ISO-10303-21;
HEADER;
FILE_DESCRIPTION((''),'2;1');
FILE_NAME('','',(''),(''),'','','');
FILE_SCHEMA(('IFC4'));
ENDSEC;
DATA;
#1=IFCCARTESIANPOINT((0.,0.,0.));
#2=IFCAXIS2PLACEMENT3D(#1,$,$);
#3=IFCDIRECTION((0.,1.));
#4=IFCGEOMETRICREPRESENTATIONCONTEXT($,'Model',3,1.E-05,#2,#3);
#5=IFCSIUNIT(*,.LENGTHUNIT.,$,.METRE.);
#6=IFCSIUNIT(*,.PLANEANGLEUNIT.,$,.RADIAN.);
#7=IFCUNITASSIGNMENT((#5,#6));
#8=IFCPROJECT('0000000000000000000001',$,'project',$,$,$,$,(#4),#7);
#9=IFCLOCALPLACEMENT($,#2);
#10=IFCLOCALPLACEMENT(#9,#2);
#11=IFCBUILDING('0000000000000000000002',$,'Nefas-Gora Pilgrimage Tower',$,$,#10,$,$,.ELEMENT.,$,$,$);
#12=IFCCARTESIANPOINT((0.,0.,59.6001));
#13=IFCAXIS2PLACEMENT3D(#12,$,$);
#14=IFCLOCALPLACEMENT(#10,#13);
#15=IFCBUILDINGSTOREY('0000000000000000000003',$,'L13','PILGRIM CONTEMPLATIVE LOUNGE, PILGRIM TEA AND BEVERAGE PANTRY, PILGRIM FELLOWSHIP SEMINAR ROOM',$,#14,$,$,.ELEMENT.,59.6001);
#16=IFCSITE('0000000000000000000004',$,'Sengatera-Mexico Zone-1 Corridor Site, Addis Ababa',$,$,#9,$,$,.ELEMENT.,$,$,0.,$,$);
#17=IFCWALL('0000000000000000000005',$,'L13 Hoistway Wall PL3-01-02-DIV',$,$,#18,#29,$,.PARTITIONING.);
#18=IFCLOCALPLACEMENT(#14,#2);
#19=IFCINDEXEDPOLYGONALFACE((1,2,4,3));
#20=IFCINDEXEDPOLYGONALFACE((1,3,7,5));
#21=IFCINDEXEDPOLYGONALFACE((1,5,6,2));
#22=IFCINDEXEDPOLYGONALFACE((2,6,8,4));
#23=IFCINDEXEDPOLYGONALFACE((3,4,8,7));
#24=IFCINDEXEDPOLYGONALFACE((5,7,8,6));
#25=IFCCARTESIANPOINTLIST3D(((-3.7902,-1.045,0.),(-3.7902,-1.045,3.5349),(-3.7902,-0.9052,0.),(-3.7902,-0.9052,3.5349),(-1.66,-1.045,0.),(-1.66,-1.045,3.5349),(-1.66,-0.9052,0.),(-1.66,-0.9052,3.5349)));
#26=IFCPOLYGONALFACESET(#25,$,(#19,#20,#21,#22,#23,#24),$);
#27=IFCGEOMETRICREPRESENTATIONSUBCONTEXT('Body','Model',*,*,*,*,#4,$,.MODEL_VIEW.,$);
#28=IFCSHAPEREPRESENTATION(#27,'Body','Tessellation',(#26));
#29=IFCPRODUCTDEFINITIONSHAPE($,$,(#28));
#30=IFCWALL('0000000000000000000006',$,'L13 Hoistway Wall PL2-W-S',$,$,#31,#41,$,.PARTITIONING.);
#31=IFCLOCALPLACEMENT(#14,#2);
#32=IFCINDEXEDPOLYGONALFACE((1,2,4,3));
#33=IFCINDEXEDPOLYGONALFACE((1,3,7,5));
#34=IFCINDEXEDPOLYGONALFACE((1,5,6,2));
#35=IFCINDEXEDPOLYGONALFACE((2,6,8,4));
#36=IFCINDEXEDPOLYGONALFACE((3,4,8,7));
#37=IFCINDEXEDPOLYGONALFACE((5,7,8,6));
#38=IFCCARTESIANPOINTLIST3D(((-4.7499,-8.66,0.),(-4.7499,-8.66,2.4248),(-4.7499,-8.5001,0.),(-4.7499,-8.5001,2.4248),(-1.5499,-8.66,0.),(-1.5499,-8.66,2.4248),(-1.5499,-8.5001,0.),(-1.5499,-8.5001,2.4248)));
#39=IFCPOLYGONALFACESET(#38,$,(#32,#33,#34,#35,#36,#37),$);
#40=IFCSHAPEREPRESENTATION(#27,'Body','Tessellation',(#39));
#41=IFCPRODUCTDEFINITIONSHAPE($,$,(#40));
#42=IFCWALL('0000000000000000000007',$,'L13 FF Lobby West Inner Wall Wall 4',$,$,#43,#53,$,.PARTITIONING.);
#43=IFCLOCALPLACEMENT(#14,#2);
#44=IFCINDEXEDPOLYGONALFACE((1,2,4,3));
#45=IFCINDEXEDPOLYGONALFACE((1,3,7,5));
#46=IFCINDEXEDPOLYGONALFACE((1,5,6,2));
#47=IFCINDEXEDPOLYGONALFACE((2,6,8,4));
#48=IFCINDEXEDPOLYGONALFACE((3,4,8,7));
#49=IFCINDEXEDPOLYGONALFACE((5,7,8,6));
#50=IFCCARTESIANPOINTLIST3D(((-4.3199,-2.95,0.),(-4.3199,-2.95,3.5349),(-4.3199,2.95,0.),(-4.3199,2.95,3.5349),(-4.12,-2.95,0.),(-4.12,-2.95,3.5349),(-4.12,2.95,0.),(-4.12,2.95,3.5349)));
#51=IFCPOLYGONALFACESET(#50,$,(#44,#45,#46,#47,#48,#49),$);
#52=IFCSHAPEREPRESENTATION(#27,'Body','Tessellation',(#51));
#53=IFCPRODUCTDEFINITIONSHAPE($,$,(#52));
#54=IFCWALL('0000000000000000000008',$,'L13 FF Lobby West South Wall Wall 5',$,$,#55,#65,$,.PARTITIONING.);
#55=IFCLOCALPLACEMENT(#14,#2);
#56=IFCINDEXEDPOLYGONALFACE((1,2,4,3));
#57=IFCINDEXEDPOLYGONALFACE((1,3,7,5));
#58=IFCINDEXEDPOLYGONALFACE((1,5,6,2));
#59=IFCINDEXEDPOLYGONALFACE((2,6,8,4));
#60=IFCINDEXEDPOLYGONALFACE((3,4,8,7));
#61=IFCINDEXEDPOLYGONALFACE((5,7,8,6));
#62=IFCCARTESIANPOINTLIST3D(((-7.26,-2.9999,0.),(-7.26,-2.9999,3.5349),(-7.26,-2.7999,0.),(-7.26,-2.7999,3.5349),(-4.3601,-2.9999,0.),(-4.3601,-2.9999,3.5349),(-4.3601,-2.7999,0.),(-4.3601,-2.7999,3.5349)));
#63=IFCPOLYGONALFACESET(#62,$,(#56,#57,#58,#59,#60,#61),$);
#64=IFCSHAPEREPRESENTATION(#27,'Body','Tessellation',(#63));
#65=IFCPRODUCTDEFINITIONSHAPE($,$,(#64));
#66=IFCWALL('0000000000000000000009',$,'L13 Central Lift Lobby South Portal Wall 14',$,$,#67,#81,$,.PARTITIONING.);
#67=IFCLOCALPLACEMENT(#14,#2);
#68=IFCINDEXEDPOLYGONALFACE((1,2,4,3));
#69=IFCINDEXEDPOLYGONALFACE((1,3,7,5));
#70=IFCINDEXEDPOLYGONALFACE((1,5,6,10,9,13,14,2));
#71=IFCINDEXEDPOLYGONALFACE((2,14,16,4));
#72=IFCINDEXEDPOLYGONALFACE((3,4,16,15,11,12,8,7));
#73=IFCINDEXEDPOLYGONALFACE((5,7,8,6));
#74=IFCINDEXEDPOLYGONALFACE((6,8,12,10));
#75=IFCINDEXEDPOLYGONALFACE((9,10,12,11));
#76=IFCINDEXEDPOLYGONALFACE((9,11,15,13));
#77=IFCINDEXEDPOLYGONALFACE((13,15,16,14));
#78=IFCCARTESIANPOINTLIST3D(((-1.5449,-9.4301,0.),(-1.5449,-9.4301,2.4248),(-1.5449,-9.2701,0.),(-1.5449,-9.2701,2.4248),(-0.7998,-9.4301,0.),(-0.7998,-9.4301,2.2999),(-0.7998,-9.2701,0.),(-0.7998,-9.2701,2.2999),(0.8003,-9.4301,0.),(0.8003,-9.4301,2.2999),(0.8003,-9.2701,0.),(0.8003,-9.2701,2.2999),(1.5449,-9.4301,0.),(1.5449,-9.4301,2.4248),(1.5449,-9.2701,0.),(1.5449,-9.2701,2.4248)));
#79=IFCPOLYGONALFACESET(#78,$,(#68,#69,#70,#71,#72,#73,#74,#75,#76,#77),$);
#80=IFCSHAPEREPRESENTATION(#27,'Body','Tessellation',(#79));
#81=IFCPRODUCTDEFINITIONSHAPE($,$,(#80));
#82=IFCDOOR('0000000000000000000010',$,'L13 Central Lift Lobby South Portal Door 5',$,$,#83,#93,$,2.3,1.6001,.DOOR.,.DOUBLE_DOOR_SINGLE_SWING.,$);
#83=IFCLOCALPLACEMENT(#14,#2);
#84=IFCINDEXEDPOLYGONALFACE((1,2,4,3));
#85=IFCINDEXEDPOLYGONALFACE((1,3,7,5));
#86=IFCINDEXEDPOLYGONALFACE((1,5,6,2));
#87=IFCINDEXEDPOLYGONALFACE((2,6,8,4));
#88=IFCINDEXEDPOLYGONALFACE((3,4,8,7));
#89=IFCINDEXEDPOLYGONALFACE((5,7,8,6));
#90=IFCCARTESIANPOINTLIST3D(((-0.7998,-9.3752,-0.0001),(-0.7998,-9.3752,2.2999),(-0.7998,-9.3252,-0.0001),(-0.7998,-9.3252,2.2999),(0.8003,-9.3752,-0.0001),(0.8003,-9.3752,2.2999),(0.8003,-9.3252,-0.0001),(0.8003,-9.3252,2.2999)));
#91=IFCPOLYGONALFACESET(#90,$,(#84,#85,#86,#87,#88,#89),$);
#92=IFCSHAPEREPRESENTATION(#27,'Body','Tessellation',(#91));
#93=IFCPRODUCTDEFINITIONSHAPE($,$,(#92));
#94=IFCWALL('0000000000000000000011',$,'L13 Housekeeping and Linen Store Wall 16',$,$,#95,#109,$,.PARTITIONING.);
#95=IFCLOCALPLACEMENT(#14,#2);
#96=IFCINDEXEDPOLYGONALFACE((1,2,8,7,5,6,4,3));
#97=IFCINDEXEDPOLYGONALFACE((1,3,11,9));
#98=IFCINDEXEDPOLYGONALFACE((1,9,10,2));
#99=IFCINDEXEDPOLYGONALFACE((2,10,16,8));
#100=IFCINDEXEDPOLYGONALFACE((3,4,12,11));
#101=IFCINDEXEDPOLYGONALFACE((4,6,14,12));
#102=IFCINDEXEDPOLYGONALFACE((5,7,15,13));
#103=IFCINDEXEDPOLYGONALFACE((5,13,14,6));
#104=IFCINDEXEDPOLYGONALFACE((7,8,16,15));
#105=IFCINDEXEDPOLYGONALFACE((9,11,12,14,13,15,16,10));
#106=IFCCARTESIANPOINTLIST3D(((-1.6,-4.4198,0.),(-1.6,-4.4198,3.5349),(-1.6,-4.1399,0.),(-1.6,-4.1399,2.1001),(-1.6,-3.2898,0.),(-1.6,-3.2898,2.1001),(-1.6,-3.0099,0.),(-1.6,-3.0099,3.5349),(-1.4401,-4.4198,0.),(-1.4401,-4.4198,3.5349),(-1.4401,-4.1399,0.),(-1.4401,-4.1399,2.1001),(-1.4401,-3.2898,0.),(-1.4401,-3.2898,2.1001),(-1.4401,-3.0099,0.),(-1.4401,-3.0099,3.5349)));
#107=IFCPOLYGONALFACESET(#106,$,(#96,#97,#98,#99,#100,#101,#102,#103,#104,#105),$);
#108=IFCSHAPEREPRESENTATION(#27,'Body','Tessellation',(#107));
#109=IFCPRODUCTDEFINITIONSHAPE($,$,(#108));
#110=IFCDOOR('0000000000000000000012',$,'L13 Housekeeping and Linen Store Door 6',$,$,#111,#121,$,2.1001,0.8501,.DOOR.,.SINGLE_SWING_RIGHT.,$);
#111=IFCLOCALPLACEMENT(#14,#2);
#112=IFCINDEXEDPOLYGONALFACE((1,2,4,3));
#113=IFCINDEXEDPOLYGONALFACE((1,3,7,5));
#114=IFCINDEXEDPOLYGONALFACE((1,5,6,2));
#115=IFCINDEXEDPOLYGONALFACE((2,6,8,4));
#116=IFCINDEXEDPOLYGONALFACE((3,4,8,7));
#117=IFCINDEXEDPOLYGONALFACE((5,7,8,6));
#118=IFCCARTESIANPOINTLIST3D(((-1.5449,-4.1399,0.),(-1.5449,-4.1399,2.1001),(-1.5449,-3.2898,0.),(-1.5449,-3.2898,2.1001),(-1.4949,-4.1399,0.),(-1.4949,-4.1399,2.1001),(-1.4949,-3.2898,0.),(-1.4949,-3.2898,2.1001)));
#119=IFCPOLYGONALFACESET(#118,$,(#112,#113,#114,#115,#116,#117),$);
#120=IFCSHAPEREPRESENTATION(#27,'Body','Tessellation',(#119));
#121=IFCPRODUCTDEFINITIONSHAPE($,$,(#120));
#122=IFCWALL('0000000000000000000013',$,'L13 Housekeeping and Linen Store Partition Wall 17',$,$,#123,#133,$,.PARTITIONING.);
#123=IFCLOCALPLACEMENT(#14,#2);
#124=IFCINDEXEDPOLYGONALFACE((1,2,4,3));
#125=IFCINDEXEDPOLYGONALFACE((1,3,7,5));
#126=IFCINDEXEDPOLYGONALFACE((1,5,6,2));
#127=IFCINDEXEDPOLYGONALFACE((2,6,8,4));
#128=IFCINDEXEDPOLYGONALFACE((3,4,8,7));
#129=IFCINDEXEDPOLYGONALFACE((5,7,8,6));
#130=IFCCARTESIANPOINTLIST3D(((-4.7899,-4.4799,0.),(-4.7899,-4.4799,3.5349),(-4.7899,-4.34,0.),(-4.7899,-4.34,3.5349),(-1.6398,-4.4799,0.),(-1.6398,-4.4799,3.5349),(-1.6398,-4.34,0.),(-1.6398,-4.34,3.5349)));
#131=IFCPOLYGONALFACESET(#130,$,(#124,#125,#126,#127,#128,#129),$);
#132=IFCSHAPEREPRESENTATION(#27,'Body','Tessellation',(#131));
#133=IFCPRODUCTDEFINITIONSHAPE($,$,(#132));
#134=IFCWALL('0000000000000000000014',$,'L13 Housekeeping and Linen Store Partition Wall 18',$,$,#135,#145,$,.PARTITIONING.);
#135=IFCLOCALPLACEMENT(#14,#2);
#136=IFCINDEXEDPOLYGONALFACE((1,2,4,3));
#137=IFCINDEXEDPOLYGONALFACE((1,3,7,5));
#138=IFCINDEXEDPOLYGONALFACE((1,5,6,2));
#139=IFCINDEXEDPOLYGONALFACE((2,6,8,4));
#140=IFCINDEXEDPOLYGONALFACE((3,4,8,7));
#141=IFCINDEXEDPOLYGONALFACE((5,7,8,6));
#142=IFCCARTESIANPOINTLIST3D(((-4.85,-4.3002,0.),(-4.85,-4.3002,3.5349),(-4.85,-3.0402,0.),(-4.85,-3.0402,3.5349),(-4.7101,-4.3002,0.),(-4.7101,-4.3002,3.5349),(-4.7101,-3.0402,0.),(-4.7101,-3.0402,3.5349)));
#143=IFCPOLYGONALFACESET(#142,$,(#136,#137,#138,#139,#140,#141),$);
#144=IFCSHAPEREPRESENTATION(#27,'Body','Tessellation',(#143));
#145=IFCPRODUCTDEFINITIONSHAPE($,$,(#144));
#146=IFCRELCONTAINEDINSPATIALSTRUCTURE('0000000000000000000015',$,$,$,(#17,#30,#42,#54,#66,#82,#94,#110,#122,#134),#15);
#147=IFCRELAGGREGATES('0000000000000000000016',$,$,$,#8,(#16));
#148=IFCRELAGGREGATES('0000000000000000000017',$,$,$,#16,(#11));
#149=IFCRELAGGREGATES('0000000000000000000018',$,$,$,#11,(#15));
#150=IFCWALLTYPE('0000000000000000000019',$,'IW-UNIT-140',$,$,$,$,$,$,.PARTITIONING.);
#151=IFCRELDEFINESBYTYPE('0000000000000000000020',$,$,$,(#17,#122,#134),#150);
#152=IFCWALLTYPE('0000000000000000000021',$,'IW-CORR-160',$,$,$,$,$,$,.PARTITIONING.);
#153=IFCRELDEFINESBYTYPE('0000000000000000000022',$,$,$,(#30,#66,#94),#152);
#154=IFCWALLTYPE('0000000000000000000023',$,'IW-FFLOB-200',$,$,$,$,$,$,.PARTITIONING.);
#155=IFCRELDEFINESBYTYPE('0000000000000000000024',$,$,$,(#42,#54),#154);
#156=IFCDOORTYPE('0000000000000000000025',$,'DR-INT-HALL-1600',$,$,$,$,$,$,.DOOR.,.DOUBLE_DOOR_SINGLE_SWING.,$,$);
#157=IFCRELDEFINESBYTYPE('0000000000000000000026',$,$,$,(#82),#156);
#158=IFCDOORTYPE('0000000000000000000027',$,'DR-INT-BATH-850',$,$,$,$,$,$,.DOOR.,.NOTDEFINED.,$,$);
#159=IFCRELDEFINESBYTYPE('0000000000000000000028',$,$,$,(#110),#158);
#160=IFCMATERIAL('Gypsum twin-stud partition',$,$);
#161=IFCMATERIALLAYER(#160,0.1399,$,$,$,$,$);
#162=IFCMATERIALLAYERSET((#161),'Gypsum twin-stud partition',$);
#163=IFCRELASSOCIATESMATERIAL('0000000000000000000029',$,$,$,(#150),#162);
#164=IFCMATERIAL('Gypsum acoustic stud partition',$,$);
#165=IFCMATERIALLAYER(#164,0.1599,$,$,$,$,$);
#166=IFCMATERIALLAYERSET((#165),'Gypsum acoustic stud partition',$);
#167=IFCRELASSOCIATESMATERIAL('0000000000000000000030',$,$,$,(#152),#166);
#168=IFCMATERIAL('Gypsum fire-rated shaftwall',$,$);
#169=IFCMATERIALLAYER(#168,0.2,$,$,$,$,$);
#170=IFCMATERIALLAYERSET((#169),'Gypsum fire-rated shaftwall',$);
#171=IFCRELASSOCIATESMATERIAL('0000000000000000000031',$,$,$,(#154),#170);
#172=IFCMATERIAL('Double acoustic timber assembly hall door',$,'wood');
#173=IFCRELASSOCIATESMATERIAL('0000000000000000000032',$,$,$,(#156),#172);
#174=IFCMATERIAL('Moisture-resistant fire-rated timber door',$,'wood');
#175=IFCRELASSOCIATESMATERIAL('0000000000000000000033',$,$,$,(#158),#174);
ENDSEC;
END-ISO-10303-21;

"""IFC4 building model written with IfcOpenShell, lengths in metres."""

from ifc_helpers import new_model, si_unit, direction, frame, frame_2d, origin, place, context, subcontext, project, spatial, rectangle, extrude, source, transform, mapped, material, layer, layer_set, type_object, element, fill, save


model = new_model("IFC4")

# Units and contexts
model_context = context("Model", 3, precision=1e-05, world=origin(), true_north=direction((0.0, 1.0)))
body_context = subcontext(model_context, "Body", "Model", "MODEL_VIEW")
ifc_project = project(units=[si_unit("LENGTHUNIT", "METRE"), si_unit("PLANEANGLEUNIT", "RADIAN")], contexts=[model_context])

# Site, building, storey
site_placement = place(None, origin())
site = spatial("IfcSite", under=ifc_project, at=site_placement, Name="Sengatera-Mexico Zone-1 Corridor Site, Addis Ababa", CompositionType="ELEMENT", RefElevation=0.0)
building_placement = place(site_placement, origin())
building = spatial("IfcBuilding", under=site, at=building_placement, Name="Nefas-Gora Pilgrimage Tower", CompositionType="ELEMENT")
storey_placement = place(building_placement, frame((0.0, 0.0, 59.6001)))
storey = spatial("IfcBuildingStorey", under=building, at=storey_placement, Name="L13", Description="PILGRIM CONTEMPLATIVE LOUNGE, PILGRIM TEA AND BEVERAGE PANTRY, PILGRIM FELLOWSHIP SEMINAR ROOM", CompositionType="ELEMENT", Elevation=59.6001)

# Walls
ifc_material_1 = material(Name="Gypsum twin-stud partition")
ifc_layer_1 = layer(ifc_material_1, 0.1399)
ifc_layer_set_1 = layer_set([ifc_layer_1], Name="Gypsum twin-stud partition")
wall_type_1 = type_object("IfcWallType", Name="IW-UNIT-140", PredefinedType="PARTITIONING", material=ifc_layer_set_1)
shared_shape_1 = source(origin(), body_context, "Body", "SweptSolid", [
    extrude(rectangle(XDim=2.1301, YDim=0.1399, at=frame_2d((1.0649, 0.0))), origin(), (0.0, 0.0, 1.0), 3.5349),
])
wall_1_placement = place(storey_placement, frame((-3.79, -0.9751, 0.0), z_axis=(0.0, 0.0, 1.0), x_axis=(1.0, 0.0, 0.0)))
element("IfcWall", 1, at=wall_1_placement, inside=storey, type_object=wall_type_1, Name="L13 Hoistway Wall PL3-01-02-DIV", PredefinedType="PARTITIONING", context=body_context, shape_type="MappedRepresentation", body=[
    mapped(shared_shape_1, transform((0.0, 0.0, 0.0), x_axis=(1.0, 0.0, 0.0), y_axis=(0.0, 1.0, 0.0), z_axis=(0.0, 0.0, 1.0), scale=1.0)),
])
ifc_material_2 = material(Name="Gypsum acoustic stud partition")
ifc_layer_2 = layer(ifc_material_2, 0.1599)
ifc_layer_set_2 = layer_set([ifc_layer_2], Name="Gypsum acoustic stud partition")
wall_type_2 = type_object("IfcWallType", Name="IW-CORR-160", PredefinedType="PARTITIONING", material=ifc_layer_set_2)
shared_shape_2 = source(origin(), body_context, "Body", "SweptSolid", [
    extrude(rectangle(XDim=3.2, YDim=0.1599, at=frame_2d((1.6001, 0.0))), origin(), (0.0, 0.0, 1.0), 2.4248),
])
wall_2_placement = place(storey_placement, frame((-4.75, -8.5801, 0.0), z_axis=(0.0, 0.0, 1.0), x_axis=(1.0, 0.0, 0.0)))
element("IfcWall", 2, at=wall_2_placement, inside=storey, type_object=wall_type_2, Name="L13 Hoistway Wall PL2-W-S", PredefinedType="PARTITIONING", context=body_context, shape_type="MappedRepresentation", body=[
    mapped(shared_shape_2, transform((0.0, 0.0, 0.0), x_axis=(1.0, 0.0, 0.0), y_axis=(0.0, 1.0, 0.0), z_axis=(0.0, 0.0, 1.0), scale=1.0)),
])
ifc_material_3 = material(Name="Gypsum fire-rated shaftwall")
ifc_layer_3 = layer(ifc_material_3, 0.2)
ifc_layer_set_3 = layer_set([ifc_layer_3], Name="Gypsum fire-rated shaftwall")
wall_type_3 = type_object("IfcWallType", Name="IW-FFLOB-200", PredefinedType="PARTITIONING", material=ifc_layer_set_3)
shared_shape_3 = source(origin(), body_context, "Body", "SweptSolid", [
    extrude(rectangle(XDim=5.8999, YDim=0.2, at=frame_2d((2.95, 0.0))), origin(), (0.0, 0.0, 1.0), 3.5349),
])
wall_3_placement = place(storey_placement, frame((-4.22, -2.95, 0.0), z_axis=(0.0, 0.0, 1.0), x_axis=(0.0, 1.0, 0.0)))
element("IfcWall", 3, at=wall_3_placement, inside=storey, type_object=wall_type_3, Name="L13 FF Lobby West Inner Wall Wall 4", PredefinedType="PARTITIONING", context=body_context, shape_type="MappedRepresentation", body=[
    mapped(shared_shape_3, transform((0.0, 0.0, 0.0), x_axis=(1.0, 0.0, 0.0), y_axis=(0.0, 1.0, 0.0), z_axis=(0.0, 0.0, 1.0), scale=1.0)),
])
shared_shape_4 = source(origin(), body_context, "Body", "SweptSolid", [
    extrude(rectangle(XDim=2.8999, YDim=0.2, at=frame_2d((1.45, 0.0))), origin(), (0.0, 0.0, 1.0), 3.5349),
])
wall_4_placement = place(storey_placement, frame((-7.26, -2.8999, 0.0), z_axis=(0.0, 0.0, 1.0), x_axis=(1.0, 0.0, 0.0)))
element("IfcWall", 4, at=wall_4_placement, inside=storey, type_object=wall_type_3, Name="L13 FF Lobby West South Wall Wall 5", PredefinedType="PARTITIONING", context=body_context, shape_type="MappedRepresentation", body=[
    mapped(shared_shape_4, transform((0.0, 0.0, 0.0), x_axis=(1.0, 0.0, 0.0), y_axis=(0.0, 1.0, 0.0), z_axis=(0.0, 0.0, 1.0), scale=1.0)),
])

# Walls, openings, doors
shared_shape_5 = source(origin(), body_context, "Body", "SweptSolid", [
    extrude(rectangle(XDim=3.0898, YDim=0.1599, at=frame_2d((1.5449, 0.0))), origin(), (0.0, 0.0, 1.0), 2.4248),
])
wall_5_placement = place(storey_placement, frame((-1.5449, -9.3501, 0.0), z_axis=(0.0, 0.0, 1.0), x_axis=(1.0, 0.0, 0.0)))
wall_5 = element("IfcWall", 5, at=wall_5_placement, inside=storey, type_object=wall_type_2, Name="L13 Central Lift Lobby South Portal Wall 14", PredefinedType="PARTITIONING", context=body_context, shape_type="MappedRepresentation", body=[
    mapped(shared_shape_5, transform((0.0, 0.0, 0.0), x_axis=(1.0, 0.0, 0.0), y_axis=(0.0, 1.0, 0.0), z_axis=(0.0, 0.0, 1.0), scale=1.0)),
])
opening_1_placement = place(wall_5_placement, frame((0.7451, 0.0, 0.0)))
opening_1 = element("IfcOpeningElement", 6, at=opening_1_placement, cuts=wall_5, PredefinedType="OPENING", context=body_context, shape_type="SweptSolid", body=[
    extrude(rectangle(XDim=1.6001, YDim=2.3, at=frame_2d((0.8, 1.1499))), frame((0.0, 0.0898, 0.0), z_axis=(0.0, -1.0, 0.0), x_axis=(1.0, 0.0, 0.0)), (0.0, 0.0, 1.0), 0.1799),
])
ifc_material_4 = material(Name="Double acoustic timber assembly hall door", Category="wood")
door_type_1 = type_object("IfcDoorType", Name="DR-INT-HALL-1600", OperationType="DOUBLE_DOOR_SINGLE_SWING", PredefinedType="DOOR", material=ifc_material_4)
shared_shape_6 = source(origin(), body_context, "Body", "SweptSolid", [
    extrude(rectangle(XDim=1.6001, YDim=2.3, at=frame_2d((0.8, 1.1499))), frame((0.0, 0.0249, 0.0), z_axis=(0.0, -1.0, 0.0), x_axis=(1.0, 0.0, 0.0)), (0.0, 0.0, 1.0), 0.05),
])
door_1_placement = place(opening_1_placement, origin())
door_1 = element("IfcDoor", 7, at=door_1_placement, inside=storey, type_object=door_type_1, Name="L13 Central Lift Lobby South Portal Door 5", OperationType="DOUBLE_DOOR_SINGLE_SWING", OverallHeight=2.3, OverallWidth=1.6001, PredefinedType="DOOR", context=body_context, shape_type="MappedRepresentation", body=[
    mapped(shared_shape_6, transform((0.0, 0.0, 0.0), x_axis=(1.0, 0.0, 0.0), y_axis=(0.0, 1.0, 0.0), z_axis=(0.0, 0.0, 1.0), scale=1.0)),
])
fill(opening_1, door_1)
shared_shape_7 = source(origin(), body_context, "Body", "SweptSolid", [
    extrude(rectangle(XDim=1.4099, YDim=0.1599, at=frame_2d((0.7051, 0.0))), origin(), (0.0, 0.0, 1.0), 3.5349),
])
wall_6_placement = place(storey_placement, frame((-1.52, -4.4199, 0.0), z_axis=(0.0, 0.0, 1.0), x_axis=(0.0, 1.0, 0.0)))
wall_6 = element("IfcWall", 8, at=wall_6_placement, inside=storey, type_object=wall_type_2, Name="L13 Housekeeping and Linen Store Wall 16", PredefinedType="PARTITIONING", context=body_context, shape_type="MappedRepresentation", body=[
    mapped(shared_shape_7, transform((0.0, 0.0, 0.0), x_axis=(1.0, 0.0, 0.0), y_axis=(0.0, 1.0, 0.0), z_axis=(0.0, 0.0, 1.0), scale=1.0)),
])
opening_2_placement = place(wall_6_placement, frame((0.28, 0.0, 0.0)))
opening_2 = element("IfcOpeningElement", 9, at=opening_2_placement, cuts=wall_6, PredefinedType="OPENING", context=body_context, shape_type="SweptSolid", body=[
    extrude(rectangle(XDim=0.8501, YDim=2.1001, at=frame_2d((0.425, 1.05))), frame((0.0, 0.0898, 0.0), z_axis=(0.0, -1.0, 0.0), x_axis=(1.0, 0.0, 0.0)), (0.0, 0.0, 1.0), 0.1799),
])
ifc_material_5 = material(Name="Moisture-resistant fire-rated timber door", Category="wood")
door_type_2 = type_object("IfcDoorType", Name="DR-INT-BATH-850", OperationType="NOTDEFINED", PredefinedType="DOOR", material=ifc_material_5)
shared_shape_8 = source(origin(), body_context, "Body", "SweptSolid", [
    extrude(rectangle(XDim=0.8501, YDim=2.1001, at=frame_2d((0.425, 1.05))), frame((0.0, 0.0249, 0.0), z_axis=(0.0, -1.0, 0.0), x_axis=(1.0, 0.0, 0.0)), (0.0, 0.0, 1.0), 0.05),
])
door_2_placement = place(opening_2_placement, origin())
door_2 = element("IfcDoor", 10, at=door_2_placement, inside=storey, type_object=door_type_2, Name="L13 Housekeeping and Linen Store Door 6", OperationType="SINGLE_SWING_RIGHT", OverallHeight=2.1001, OverallWidth=0.8501, PredefinedType="DOOR", context=body_context, shape_type="MappedRepresentation", body=[
    mapped(shared_shape_8, transform((0.0, 0.0, 0.0), x_axis=(1.0, 0.0, 0.0), y_axis=(0.0, 1.0, 0.0), z_axis=(0.0, 0.0, 1.0), scale=1.0)),
])
fill(opening_2, door_2)

# Walls
shared_shape_9 = source(origin(), body_context, "Body", "SweptSolid", [
    extrude(rectangle(XDim=3.1501, YDim=0.1399, at=frame_2d((1.5752, 0.0))), origin(), (0.0, 0.0, 1.0), 3.5349),
])
wall_7_placement = place(storey_placement, frame((-4.79, -4.4099, 0.0), z_axis=(0.0, 0.0, 1.0), x_axis=(1.0, 0.0, 0.0)))
element("IfcWall", 11, at=wall_7_placement, inside=storey, type_object=wall_type_1, Name="L13 Housekeeping and Linen Store Partition Wall 17", PredefinedType="PARTITIONING", context=body_context, shape_type="MappedRepresentation", body=[
    mapped(shared_shape_9, transform((0.0, 0.0, 0.0), x_axis=(1.0, 0.0, 0.0), y_axis=(0.0, 1.0, 0.0), z_axis=(0.0, 0.0, 1.0), scale=1.0)),
])
shared_shape_10 = source(origin(), body_context, "Body", "SweptSolid", [
    extrude(rectangle(XDim=1.26, YDim=0.1399, at=frame_2d((0.6299, 0.0))), origin(), (0.0, 0.0, 1.0), 3.5349),
])
wall_8_placement = place(storey_placement, frame((-4.78, -4.3, 0.0), z_axis=(0.0, 0.0, 1.0), x_axis=(0.0, 1.0, 0.0)))
element("IfcWall", 12, at=wall_8_placement, inside=storey, type_object=wall_type_1, Name="L13 Housekeeping and Linen Store Partition Wall 18", PredefinedType="PARTITIONING", context=body_context, shape_type="MappedRepresentation", body=[
    mapped(shared_shape_10, transform((0.0, 0.0, 0.0), x_axis=(1.0, 0.0, 0.0), y_axis=(0.0, 1.0, 0.0), z_axis=(0.0, 0.0, 1.0), scale=1.0)),
])

save(model, "model.ifc")
